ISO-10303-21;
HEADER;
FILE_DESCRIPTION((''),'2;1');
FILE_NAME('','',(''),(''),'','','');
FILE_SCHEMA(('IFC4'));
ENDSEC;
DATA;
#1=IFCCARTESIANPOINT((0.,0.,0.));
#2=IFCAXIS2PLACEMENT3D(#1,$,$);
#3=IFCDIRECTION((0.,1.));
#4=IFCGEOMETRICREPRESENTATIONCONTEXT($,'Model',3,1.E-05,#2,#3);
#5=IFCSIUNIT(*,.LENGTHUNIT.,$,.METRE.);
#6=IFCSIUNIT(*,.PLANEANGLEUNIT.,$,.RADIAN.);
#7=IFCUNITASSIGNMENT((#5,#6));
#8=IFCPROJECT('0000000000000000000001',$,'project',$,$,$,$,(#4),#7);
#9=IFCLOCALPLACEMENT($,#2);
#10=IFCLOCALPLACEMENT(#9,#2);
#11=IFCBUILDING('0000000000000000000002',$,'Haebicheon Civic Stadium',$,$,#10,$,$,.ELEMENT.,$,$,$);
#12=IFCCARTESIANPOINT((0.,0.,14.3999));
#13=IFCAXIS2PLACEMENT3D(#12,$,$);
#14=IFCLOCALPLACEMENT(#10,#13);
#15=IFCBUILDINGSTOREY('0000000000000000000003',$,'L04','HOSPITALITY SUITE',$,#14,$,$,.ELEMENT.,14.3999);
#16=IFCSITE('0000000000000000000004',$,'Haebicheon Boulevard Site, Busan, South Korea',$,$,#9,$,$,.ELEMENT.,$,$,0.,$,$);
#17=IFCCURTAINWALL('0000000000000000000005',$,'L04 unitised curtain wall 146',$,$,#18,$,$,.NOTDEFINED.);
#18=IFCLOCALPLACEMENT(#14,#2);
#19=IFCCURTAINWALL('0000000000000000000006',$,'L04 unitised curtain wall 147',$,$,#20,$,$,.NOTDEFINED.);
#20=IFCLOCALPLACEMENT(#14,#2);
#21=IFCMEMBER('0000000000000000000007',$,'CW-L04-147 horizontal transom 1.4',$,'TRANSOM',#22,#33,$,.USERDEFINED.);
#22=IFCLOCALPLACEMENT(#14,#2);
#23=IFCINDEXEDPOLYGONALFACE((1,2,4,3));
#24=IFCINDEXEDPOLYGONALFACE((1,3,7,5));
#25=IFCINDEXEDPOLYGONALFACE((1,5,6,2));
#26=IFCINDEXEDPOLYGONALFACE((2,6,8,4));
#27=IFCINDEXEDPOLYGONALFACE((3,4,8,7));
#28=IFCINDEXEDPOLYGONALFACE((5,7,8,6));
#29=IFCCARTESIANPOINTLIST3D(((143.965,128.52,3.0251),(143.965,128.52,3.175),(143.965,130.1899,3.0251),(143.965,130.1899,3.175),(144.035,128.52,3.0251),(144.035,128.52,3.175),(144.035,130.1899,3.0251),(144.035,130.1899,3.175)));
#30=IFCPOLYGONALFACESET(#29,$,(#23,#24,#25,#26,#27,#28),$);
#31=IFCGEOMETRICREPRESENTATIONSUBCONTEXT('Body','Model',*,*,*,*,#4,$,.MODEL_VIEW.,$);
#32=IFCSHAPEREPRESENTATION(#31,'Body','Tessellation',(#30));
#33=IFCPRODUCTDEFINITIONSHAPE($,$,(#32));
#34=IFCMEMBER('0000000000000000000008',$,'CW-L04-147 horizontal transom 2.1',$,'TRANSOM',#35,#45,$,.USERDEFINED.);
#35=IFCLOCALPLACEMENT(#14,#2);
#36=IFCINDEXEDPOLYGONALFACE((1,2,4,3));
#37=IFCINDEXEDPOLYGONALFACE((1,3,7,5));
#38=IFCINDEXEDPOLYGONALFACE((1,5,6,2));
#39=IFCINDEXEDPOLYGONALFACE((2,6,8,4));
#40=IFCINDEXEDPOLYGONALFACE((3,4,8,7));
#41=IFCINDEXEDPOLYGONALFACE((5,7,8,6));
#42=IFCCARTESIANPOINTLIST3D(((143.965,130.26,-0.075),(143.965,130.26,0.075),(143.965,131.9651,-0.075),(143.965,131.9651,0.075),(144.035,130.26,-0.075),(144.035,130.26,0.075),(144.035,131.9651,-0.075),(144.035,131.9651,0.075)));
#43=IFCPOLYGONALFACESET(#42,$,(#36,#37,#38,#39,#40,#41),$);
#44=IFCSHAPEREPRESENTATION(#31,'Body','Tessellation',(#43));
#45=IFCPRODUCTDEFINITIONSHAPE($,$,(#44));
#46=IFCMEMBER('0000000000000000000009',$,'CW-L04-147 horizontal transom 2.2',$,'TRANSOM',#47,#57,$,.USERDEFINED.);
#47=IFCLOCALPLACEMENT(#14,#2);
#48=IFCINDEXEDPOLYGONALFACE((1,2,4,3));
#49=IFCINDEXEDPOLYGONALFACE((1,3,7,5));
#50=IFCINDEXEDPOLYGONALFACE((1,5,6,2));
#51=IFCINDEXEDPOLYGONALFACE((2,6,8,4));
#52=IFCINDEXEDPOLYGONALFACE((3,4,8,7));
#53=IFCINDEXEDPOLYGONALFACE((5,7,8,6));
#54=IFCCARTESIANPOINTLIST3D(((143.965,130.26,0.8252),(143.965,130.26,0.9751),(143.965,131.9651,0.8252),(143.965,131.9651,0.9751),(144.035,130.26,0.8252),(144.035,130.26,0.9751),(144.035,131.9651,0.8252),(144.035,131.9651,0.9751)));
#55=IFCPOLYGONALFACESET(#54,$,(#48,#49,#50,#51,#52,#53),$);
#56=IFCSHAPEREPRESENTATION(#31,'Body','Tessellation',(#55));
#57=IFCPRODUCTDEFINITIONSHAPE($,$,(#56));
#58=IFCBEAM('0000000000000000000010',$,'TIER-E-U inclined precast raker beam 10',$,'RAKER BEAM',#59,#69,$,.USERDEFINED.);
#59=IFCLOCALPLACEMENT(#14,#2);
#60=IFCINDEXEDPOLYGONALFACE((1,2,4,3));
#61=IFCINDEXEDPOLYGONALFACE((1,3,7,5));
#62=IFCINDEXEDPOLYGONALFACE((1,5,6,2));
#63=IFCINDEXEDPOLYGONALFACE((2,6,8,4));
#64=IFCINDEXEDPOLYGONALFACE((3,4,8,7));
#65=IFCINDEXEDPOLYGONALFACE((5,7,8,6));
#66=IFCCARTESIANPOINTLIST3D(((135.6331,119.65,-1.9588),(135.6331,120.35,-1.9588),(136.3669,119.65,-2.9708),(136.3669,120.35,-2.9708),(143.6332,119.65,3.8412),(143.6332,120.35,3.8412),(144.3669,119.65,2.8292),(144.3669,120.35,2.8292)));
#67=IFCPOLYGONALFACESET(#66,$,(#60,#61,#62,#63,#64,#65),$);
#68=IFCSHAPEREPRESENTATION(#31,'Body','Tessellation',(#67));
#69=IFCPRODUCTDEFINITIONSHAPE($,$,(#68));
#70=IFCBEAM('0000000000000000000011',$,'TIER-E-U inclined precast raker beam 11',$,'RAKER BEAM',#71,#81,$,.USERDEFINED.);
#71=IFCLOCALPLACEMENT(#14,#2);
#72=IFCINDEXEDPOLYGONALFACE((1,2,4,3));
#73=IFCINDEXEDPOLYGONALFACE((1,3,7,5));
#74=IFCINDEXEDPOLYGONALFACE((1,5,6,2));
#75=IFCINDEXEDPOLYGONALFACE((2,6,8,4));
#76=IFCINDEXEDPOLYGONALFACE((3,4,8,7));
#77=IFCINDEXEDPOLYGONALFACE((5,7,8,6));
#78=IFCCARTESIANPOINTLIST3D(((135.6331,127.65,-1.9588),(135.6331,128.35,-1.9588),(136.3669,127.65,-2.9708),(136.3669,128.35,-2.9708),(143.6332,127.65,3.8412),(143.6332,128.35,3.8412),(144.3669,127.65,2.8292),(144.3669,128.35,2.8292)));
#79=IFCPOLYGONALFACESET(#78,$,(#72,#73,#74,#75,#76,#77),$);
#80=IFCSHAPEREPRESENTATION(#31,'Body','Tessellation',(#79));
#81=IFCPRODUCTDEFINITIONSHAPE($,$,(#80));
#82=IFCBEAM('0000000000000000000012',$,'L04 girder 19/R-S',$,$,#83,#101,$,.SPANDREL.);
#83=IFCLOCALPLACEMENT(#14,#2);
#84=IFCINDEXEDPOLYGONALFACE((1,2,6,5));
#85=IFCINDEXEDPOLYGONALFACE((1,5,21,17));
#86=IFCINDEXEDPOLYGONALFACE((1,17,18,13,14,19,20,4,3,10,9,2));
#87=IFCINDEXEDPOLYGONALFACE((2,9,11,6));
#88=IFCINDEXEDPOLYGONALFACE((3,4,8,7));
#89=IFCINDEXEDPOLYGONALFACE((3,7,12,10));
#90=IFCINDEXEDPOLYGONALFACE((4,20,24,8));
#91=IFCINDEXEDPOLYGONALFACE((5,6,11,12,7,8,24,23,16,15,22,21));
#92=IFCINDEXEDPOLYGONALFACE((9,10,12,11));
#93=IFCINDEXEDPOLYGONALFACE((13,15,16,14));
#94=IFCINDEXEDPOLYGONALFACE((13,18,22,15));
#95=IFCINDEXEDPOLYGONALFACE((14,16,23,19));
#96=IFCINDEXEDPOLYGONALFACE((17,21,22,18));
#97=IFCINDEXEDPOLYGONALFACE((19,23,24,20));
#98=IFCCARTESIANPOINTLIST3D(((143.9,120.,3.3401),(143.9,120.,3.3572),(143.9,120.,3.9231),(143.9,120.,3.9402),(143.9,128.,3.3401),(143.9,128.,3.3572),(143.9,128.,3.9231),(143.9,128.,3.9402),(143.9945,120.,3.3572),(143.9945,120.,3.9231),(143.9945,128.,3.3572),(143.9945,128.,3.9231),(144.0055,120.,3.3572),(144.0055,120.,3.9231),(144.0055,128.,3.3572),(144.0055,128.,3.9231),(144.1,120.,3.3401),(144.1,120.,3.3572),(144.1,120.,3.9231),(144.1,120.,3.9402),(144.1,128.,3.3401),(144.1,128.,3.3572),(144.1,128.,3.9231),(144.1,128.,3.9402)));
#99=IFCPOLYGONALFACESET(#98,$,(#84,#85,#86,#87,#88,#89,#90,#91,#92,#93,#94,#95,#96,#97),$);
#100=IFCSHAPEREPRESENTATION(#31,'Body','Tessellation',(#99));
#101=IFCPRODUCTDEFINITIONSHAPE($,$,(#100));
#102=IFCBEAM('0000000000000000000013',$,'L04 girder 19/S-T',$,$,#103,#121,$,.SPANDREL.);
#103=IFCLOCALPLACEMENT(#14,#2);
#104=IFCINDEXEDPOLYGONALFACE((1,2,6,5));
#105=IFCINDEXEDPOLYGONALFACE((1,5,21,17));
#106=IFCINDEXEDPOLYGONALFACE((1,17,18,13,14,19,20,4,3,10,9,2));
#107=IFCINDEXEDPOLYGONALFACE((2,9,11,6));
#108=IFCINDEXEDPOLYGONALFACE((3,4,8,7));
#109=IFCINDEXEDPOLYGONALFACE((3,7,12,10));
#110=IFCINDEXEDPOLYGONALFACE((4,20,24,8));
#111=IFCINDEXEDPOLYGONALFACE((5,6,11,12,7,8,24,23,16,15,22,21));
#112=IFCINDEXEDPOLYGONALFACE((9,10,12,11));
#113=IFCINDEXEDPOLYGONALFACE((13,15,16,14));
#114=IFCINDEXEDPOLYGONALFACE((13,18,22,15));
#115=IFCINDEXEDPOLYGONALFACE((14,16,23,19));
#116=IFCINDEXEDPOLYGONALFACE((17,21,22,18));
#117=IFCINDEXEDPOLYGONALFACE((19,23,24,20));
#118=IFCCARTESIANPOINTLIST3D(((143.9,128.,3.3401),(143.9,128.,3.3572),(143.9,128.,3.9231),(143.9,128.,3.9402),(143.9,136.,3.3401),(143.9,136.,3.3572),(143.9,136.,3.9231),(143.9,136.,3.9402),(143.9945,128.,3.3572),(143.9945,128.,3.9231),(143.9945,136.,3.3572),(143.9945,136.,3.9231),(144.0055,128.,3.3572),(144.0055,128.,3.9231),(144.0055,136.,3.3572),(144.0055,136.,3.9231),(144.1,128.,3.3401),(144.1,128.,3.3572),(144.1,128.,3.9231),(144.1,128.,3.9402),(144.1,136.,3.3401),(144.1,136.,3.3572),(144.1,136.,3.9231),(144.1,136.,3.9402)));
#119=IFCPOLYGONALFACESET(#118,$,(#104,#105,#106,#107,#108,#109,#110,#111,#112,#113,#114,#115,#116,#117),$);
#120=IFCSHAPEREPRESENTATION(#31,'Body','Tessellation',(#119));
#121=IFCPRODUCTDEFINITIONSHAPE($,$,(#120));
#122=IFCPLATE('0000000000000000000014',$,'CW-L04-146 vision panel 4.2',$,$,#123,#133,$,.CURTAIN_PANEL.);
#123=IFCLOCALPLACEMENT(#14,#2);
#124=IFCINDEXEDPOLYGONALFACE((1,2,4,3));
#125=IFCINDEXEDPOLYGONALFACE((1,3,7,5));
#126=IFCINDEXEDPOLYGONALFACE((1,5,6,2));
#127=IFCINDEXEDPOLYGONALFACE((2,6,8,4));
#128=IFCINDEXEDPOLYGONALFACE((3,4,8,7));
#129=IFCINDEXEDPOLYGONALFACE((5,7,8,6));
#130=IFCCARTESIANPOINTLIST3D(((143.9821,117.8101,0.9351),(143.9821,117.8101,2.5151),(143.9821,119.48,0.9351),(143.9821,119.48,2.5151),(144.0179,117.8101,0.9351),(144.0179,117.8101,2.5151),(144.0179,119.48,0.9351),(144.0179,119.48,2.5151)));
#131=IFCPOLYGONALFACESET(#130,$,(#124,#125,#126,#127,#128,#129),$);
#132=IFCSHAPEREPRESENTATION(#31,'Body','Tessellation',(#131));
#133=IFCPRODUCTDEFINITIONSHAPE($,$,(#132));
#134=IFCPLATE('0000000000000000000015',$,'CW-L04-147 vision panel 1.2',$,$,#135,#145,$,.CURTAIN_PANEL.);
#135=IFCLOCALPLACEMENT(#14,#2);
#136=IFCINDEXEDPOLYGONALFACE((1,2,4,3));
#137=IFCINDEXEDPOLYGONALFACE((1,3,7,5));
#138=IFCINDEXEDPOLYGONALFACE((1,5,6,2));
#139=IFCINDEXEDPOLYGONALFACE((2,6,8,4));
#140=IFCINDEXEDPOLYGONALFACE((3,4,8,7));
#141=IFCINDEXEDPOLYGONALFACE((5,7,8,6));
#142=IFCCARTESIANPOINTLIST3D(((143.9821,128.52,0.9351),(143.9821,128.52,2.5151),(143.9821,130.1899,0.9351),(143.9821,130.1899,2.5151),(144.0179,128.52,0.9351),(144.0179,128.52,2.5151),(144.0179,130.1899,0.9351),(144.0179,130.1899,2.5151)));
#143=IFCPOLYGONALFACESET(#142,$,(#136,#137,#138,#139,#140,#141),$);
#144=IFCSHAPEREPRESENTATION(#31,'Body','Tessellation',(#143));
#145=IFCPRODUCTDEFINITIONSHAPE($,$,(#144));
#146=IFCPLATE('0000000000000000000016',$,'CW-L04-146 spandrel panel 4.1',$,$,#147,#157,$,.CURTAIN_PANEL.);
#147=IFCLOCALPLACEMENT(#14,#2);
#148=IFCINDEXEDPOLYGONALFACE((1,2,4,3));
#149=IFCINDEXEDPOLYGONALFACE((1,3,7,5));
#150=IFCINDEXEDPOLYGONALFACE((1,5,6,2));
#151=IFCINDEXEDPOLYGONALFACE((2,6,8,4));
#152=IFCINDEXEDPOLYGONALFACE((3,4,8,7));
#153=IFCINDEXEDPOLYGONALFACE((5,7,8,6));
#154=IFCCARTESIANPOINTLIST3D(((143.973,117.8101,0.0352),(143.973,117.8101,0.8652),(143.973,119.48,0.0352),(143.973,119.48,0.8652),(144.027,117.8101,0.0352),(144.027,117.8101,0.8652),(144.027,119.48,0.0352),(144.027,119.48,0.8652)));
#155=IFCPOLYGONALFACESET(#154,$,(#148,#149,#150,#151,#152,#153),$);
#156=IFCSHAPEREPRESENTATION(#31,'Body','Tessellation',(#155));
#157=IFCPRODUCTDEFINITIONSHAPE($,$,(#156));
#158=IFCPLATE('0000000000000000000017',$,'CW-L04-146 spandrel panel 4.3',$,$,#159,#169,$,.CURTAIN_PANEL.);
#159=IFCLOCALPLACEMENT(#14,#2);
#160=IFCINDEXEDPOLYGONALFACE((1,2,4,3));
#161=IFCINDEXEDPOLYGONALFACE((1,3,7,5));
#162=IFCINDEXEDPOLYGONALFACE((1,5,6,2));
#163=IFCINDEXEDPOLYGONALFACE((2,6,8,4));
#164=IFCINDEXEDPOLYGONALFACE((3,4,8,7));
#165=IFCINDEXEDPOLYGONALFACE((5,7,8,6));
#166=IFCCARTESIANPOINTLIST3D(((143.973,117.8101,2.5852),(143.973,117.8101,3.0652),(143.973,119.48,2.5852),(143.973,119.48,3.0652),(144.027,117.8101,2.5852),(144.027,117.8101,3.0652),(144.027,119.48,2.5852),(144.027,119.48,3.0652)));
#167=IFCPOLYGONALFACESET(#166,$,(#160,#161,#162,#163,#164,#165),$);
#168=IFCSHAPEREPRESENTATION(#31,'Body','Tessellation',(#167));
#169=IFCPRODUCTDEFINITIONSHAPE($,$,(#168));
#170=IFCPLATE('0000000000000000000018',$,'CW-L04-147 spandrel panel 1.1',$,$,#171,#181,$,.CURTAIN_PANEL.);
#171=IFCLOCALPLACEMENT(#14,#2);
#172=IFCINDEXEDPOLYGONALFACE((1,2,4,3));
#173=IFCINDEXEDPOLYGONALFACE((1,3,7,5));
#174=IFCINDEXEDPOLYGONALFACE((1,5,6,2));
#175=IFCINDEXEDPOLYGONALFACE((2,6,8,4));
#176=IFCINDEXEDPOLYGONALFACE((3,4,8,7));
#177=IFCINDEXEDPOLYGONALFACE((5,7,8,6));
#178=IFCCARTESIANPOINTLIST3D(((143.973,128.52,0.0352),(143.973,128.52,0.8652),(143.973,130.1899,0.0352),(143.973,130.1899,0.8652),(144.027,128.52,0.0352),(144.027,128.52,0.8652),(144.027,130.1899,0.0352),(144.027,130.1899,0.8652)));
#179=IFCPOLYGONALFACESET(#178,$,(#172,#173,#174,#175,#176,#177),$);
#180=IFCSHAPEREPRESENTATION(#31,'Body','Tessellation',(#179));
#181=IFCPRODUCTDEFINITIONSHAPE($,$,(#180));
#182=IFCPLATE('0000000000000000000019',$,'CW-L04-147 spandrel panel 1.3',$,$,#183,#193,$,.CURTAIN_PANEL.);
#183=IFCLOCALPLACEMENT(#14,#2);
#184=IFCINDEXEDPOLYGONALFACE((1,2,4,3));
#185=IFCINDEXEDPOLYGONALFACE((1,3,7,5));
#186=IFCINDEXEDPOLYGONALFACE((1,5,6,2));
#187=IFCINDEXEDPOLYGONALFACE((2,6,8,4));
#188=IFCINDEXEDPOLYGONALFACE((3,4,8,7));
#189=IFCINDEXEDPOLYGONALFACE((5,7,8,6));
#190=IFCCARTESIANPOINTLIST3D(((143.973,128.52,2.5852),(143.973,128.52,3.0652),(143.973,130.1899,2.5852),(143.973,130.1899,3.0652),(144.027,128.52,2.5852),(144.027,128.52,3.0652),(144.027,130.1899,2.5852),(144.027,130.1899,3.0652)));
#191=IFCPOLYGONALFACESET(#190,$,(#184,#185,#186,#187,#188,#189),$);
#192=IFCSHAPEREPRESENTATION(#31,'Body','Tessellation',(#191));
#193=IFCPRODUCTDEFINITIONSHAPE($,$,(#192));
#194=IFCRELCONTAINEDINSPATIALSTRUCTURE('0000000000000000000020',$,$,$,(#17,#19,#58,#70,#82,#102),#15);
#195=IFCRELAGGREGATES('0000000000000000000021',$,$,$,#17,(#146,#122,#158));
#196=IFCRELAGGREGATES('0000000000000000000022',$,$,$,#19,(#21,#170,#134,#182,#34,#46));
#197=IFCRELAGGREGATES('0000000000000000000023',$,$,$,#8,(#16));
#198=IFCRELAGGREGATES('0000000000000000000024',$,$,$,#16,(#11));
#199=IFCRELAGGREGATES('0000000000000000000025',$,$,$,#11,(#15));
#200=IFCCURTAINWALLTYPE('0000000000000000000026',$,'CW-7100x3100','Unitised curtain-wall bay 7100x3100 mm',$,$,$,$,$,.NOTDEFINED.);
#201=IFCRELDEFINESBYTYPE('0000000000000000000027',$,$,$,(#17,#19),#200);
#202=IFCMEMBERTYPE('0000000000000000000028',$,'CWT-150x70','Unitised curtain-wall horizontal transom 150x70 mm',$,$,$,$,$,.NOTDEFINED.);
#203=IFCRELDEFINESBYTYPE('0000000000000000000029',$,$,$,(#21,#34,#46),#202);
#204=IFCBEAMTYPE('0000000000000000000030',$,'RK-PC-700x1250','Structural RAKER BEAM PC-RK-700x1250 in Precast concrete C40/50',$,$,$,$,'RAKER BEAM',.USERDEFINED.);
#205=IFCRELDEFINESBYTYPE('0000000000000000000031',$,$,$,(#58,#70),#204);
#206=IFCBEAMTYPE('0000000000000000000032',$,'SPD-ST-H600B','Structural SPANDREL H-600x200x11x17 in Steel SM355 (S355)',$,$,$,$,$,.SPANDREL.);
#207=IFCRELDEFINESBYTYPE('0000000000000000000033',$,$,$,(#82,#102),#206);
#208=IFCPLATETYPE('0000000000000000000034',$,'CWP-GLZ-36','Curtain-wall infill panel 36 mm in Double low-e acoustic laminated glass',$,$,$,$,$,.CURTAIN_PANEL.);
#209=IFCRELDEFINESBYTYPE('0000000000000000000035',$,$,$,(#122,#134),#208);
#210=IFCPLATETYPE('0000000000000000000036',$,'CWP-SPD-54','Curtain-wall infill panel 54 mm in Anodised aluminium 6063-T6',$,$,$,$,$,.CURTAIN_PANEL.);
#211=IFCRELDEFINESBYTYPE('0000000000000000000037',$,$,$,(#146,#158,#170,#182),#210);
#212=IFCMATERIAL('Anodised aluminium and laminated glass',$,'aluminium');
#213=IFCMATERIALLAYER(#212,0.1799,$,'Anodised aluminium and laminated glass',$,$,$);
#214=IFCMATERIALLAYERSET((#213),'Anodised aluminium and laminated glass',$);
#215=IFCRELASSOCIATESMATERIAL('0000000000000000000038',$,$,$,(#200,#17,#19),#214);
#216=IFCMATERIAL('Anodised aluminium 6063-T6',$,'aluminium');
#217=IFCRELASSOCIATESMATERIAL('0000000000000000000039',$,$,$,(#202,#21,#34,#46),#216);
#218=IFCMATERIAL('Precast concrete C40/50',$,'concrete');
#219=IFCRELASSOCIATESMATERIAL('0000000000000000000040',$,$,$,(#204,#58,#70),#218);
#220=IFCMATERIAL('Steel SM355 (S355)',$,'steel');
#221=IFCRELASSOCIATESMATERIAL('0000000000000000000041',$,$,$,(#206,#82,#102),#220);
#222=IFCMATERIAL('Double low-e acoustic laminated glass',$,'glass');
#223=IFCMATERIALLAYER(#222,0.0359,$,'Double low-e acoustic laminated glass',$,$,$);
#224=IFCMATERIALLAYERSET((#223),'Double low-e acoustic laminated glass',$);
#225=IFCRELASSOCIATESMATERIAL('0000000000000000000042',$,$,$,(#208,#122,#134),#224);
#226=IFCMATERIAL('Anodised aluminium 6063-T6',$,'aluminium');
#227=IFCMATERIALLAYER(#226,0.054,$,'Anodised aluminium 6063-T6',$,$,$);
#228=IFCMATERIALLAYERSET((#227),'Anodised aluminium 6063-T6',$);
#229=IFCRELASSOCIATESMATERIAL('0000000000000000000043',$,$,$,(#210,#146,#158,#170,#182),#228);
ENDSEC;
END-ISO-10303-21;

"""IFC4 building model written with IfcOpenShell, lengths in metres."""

from ifc_helpers import new_model, si_unit, direction, frame, origin, origin_2d, place, context, subcontext, project, spatial, rectangle, i_section, extrude, material, layer, layer_set, material_profile, profile_set, type_object, element, aggregate, save


model = new_model("IFC4")

# Units and contexts
model_context = context("Model", 3, precision=1e-05, world=origin(), true_north=direction((0.0, 1.0)))
body_context = subcontext(model_context, "Body", "Model", "MODEL_VIEW")
ifc_project = project(units=[si_unit("LENGTHUNIT", "METRE"), si_unit("PLANEANGLEUNIT", "RADIAN")], contexts=[model_context])

# Site, building, storey
site_placement = place(None, origin())
site = spatial("IfcSite", under=ifc_project, at=site_placement, Name="Haebicheon Boulevard Site, Busan, South Korea", CompositionType="ELEMENT", RefElevation=0.0)
building_placement = place(site_placement, origin())
building = spatial("IfcBuilding", under=site, at=building_placement, Name="Haebicheon Civic Stadium", CompositionType="ELEMENT")
storey_placement = place(building_placement, frame((0.0, 0.0, 14.3999)))
storey = spatial("IfcBuildingStorey", under=building, at=storey_placement, Name="L04", Description="HOSPITALITY SUITE", CompositionType="ELEMENT", Elevation=14.3999)

# Curtain wall
ifc_material_1 = material(Name="Anodised aluminium and laminated glass", Category="aluminium")
ifc_layer_1 = layer(ifc_material_1, 0.1799, Name="Anodised aluminium and laminated glass")
ifc_layer_set_1 = layer_set([ifc_layer_1], Name="Anodised aluminium and laminated glass")
curtain_wall_type = type_object("IfcCurtainWallType", Name="CW-7100x3100", Description="Unitised curtain-wall bay 7100x3100 mm", PredefinedType="NOTDEFINED", material=ifc_layer_set_1)
curtain_wall_1_placement = place(storey_placement, origin())
curtain_wall_1 = element("IfcCurtainWall", 1, at=curtain_wall_1_placement, inside=storey, type_object=curtain_wall_type, material=ifc_layer_set_1, Name="L04 unitised curtain wall 146", PredefinedType="NOTDEFINED")

# Curtain wall
curtain_wall_2_placement = place(storey_placement, origin())
curtain_wall_2 = element("IfcCurtainWall", 2, at=curtain_wall_2_placement, inside=storey, type_object=curtain_wall_type, material=ifc_layer_set_1, Name="L04 unitised curtain wall 147", PredefinedType="NOTDEFINED")

# Members
ifc_material_2 = material(Name="Anodised aluminium 6063-T6", Category="aluminium")
ifc_material_profile_1 = material_profile(ifc_material_2, rectangle(XDim=0.0701, YDim=0.1499, at=origin_2d()), Name="ALU-TRAN-70x150")
ifc_profile_set_1 = profile_set([ifc_material_profile_1], Name="Anodised aluminium 6063-T6")
member_type_1 = type_object("IfcMemberType", Name="CWT-150x70", Description="Unitised curtain-wall horizontal transom 150x70 mm", PredefinedType="NOTDEFINED", material=ifc_profile_set_1)
member_1_placement = place(storey_placement, frame((144.0, 128.52, 3.1001), z_axis=(0.0, 1.0, 0.0), x_axis=(-1.0, 0.0, 0.0)))
member_1 = element("IfcMember", 3, at=member_1_placement, type_object=member_type_1, material=ifc_profile_set_1, Name="CW-L04-147 horizontal transom 1.4", ObjectType="TRANSOM", PredefinedType="USERDEFINED", context=body_context, shape_type="SweptSolid", body=[
    extrude(rectangle(XDim=0.0701, YDim=0.1499, at=origin_2d()), origin(), (0.0, 0.0, 1.0), 1.6699),
])
member_2_placement = place(storey_placement, frame((144.0, 130.26, 0.0), z_axis=(0.0, 1.0, 0.0), x_axis=(-1.0, 0.0, 0.0)))
member_2 = element("IfcMember", 4, at=member_2_placement, type_object=member_type_1, material=ifc_profile_set_1, Name="CW-L04-147 horizontal transom 2.1", ObjectType="TRANSOM", PredefinedType="USERDEFINED", context=body_context, shape_type="SweptSolid", body=[
    extrude(rectangle(XDim=0.0701, YDim=0.1499, at=origin_2d()), origin(), (0.0, 0.0, 1.0), 1.7051),
])
member_3_placement = place(storey_placement, frame((144.0, 130.26, 0.9001), z_axis=(0.0, 1.0, 0.0), x_axis=(-1.0, 0.0, 0.0)))
member_3 = element("IfcMember", 5, at=member_3_placement, type_object=member_type_1, material=ifc_profile_set_1, Name="CW-L04-147 horizontal transom 2.2", ObjectType="TRANSOM", PredefinedType="USERDEFINED", context=body_context, shape_type="SweptSolid", body=[
    extrude(rectangle(XDim=0.0701, YDim=0.1499, at=origin_2d()), origin(), (0.0, 0.0, 1.0), 1.7051),
])

# Beams
ifc_material_3 = material(Name="Precast concrete C40/50", Category="concrete")
ifc_material_profile_2 = material_profile(ifc_material_3, rectangle(XDim=0.7, YDim=1.25, at=origin_2d()), Name="PC-RK-700x1250")
ifc_profile_set_2 = profile_set([ifc_material_profile_2], Name="Precast concrete C40/50")
beam_type_1 = type_object("IfcBeamType", Name="RK-PC-700x1250", Description="Structural RAKER BEAM PC-RK-700x1250 in Precast concrete C40/50", ElementType="RAKER BEAM", PredefinedType="USERDEFINED", material=ifc_profile_set_2)
for number, where, z_axis, x_axis, name in (
    (6, (136.0, 120.0, -2.4648), (0.809608, 0.0, 0.586971), (0.0, 1.0, 0.0), "TIER-E-U inclined precast raker beam 10"),
    (7, (136.0, 128.0, -2.4648), (0.809608, 0.0, 0.586971), (0.0, 1.0, 0.0), "TIER-E-U inclined precast raker beam 11"),
):
    element("IfcBeam", number, at=place(storey_placement, frame(where, z_axis=z_axis, x_axis=x_axis)), inside=storey, type_object=beam_type_1, material=ifc_profile_set_2, Name=name, ObjectType="RAKER BEAM", PredefinedType="USERDEFINED", context=body_context, shape_type="SweptSolid", body=[
        extrude(rectangle(XDim=0.7, YDim=1.25, at=origin_2d()), origin(), (0.0, 0.0, 1.0), 9.8813),
    ])
ifc_material_4 = material(Name="Steel SM355 (S355)", Category="steel")
ifc_material_profile_3 = material_profile(ifc_material_4, i_section(OverallWidth=0.2, OverallDepth=0.6001, WebThickness=0.011, FlangeThickness=0.0171, at=origin_2d()), Name="H-600x200x11x17")
ifc_profile_set_3 = profile_set([ifc_material_profile_3], Name="Steel SM355 (S355)")
beam_type_2 = type_object("IfcBeamType", Name="SPD-ST-H600B", Description="Structural SPANDREL H-600x200x11x17 in Steel SM355 (S355)", PredefinedType="SPANDREL", material=ifc_profile_set_3)
for number, where, z_axis, x_axis, name in (
    (8, (144.0, 120.0, 3.6401), (0.0, 1.0, 0.0), (-1.0, 0.0, 0.0), "L04 girder 19/R-S"),
    (9, (144.0, 128.0, 3.6401), (0.0, 1.0, 0.0), (-1.0, 0.0, 0.0), "L04 girder 19/S-T"),
):
    element("IfcBeam", number, at=place(storey_placement, frame(where, z_axis=z_axis, x_axis=x_axis)), inside=storey, type_object=beam_type_2, material=ifc_profile_set_3, Name=name, PredefinedType="SPANDREL", context=body_context, shape_type="SweptSolid", body=[
        extrude(i_section(OverallWidth=0.2, OverallDepth=0.6001, WebThickness=0.011, FlangeThickness=0.0171, at=origin_2d()), origin(), (0.0, 0.0, 1.0), 8.0),
    ])

# Plates
ifc_material_5 = material(Name="Double low-e acoustic laminated glass", Category="glass")
ifc_layer_2 = layer(ifc_material_5, 0.0359, Name="Double low-e acoustic laminated glass")
ifc_layer_set_2 = layer_set([ifc_layer_2], Name="Double low-e acoustic laminated glass")
plate_type_1 = type_object("IfcPlateType", Name="CWP-GLZ-36", Description="Curtain-wall infill panel 36 mm in Double low-e acoustic laminated glass", PredefinedType="CURTAIN_PANEL", material=ifc_layer_set_2)
plate_1_placement = place(storey_placement, frame((144.0, 118.645, 0.9351), z_axis=(0.0, 0.0, 1.0), x_axis=(0.0, 1.0, 0.0)))
plate_1 = element("IfcPlate", 10, at=plate_1_placement, type_object=plate_type_1, material=ifc_layer_set_2, Name="CW-L04-146 vision panel 4.2", PredefinedType="CURTAIN_PANEL", context=body_context, shape_type="SweptSolid", body=[
    extrude(rectangle(XDim=1.6699, YDim=0.0359, at=origin_2d()), origin(), (0.0, 0.0, 1.0), 1.5801),
])
plate_2_placement = place(storey_placement, frame((144.0, 129.355, 0.9351), z_axis=(0.0, 0.0, 1.0), x_axis=(0.0, 1.0, 0.0)))
plate_2 = element("IfcPlate", 11, at=plate_2_placement, type_object=plate_type_1, material=ifc_layer_set_2, Name="CW-L04-147 vision panel 1.2", PredefinedType="CURTAIN_PANEL", context=body_context, shape_type="SweptSolid", body=[
    extrude(rectangle(XDim=1.6699, YDim=0.0359, at=origin_2d()), origin(), (0.0, 0.0, 1.0), 1.5801),
])
ifc_material_6 = material(Name="Anodised aluminium 6063-T6", Category="aluminium")
ifc_layer_3 = layer(ifc_material_6, 0.054, Name="Anodised aluminium 6063-T6")
ifc_layer_set_3 = layer_set([ifc_layer_3], Name="Anodised aluminium 6063-T6")
plate_type_2 = type_object("IfcPlateType", Name="CWP-SPD-54", Description="Curtain-wall infill panel 54 mm in Anodised aluminium 6063-T6", PredefinedType="CURTAIN_PANEL", material=ifc_layer_set_3)
plate_3_placement = place(storey_placement, frame((144.0, 118.645, 0.0352), z_axis=(0.0, 0.0, 1.0), x_axis=(0.0, 1.0, 0.0)))
plate_3 = element("IfcPlate", 12, at=plate_3_placement, type_object=plate_type_2, material=ifc_layer_set_3, Name="CW-L04-146 spandrel panel 4.1", PredefinedType="CURTAIN_PANEL", context=body_context, shape_type="SweptSolid", body=[
    extrude(rectangle(XDim=1.6699, YDim=0.054, at=origin_2d()), origin(), (0.0, 0.0, 1.0), 0.8301),
])
plate_4_placement = place(storey_placement, frame((144.0, 118.645, 2.5852), z_axis=(0.0, 0.0, 1.0), x_axis=(0.0, 1.0, 0.0)))
plate_4 = element("IfcPlate", 13, at=plate_4_placement, type_object=plate_type_2, material=ifc_layer_set_3, Name="CW-L04-146 spandrel panel 4.3", PredefinedType="CURTAIN_PANEL", context=body_context, shape_type="SweptSolid", body=[
    extrude(rectangle(XDim=1.6699, YDim=0.054, at=origin_2d()), origin(), (0.0, 0.0, 1.0), 0.48),
])
aggregate(curtain_wall_1, [plate_3, plate_1, plate_4])
plate_5_placement = place(storey_placement, frame((144.0, 129.355, 0.0352), z_axis=(0.0, 0.0, 1.0), x_axis=(0.0, 1.0, 0.0)))
plate_5 = element("IfcPlate", 14, at=plate_5_placement, type_object=plate_type_2, material=ifc_layer_set_3, Name="CW-L04-147 spandrel panel 1.1", PredefinedType="CURTAIN_PANEL", context=body_context, shape_type="SweptSolid", body=[
    extrude(rectangle(XDim=1.6699, YDim=0.054, at=origin_2d()), origin(), (0.0, 0.0, 1.0), 0.8301),
])
plate_6_placement = place(storey_placement, frame((144.0, 129.355, 2.5852), z_axis=(0.0, 0.0, 1.0), x_axis=(0.0, 1.0, 0.0)))
plate_6 = element("IfcPlate", 15, at=plate_6_placement, type_object=plate_type_2, material=ifc_layer_set_3, Name="CW-L04-147 spandrel panel 1.3", PredefinedType="CURTAIN_PANEL", context=body_context, shape_type="SweptSolid", body=[
    extrude(rectangle(XDim=1.6699, YDim=0.054, at=origin_2d()), origin(), (0.0, 0.0, 1.0), 0.48),
])
aggregate(curtain_wall_2, [member_1, plate_5, plate_2, plate_6, member_2, member_3])

save(model, "model.ifc")
